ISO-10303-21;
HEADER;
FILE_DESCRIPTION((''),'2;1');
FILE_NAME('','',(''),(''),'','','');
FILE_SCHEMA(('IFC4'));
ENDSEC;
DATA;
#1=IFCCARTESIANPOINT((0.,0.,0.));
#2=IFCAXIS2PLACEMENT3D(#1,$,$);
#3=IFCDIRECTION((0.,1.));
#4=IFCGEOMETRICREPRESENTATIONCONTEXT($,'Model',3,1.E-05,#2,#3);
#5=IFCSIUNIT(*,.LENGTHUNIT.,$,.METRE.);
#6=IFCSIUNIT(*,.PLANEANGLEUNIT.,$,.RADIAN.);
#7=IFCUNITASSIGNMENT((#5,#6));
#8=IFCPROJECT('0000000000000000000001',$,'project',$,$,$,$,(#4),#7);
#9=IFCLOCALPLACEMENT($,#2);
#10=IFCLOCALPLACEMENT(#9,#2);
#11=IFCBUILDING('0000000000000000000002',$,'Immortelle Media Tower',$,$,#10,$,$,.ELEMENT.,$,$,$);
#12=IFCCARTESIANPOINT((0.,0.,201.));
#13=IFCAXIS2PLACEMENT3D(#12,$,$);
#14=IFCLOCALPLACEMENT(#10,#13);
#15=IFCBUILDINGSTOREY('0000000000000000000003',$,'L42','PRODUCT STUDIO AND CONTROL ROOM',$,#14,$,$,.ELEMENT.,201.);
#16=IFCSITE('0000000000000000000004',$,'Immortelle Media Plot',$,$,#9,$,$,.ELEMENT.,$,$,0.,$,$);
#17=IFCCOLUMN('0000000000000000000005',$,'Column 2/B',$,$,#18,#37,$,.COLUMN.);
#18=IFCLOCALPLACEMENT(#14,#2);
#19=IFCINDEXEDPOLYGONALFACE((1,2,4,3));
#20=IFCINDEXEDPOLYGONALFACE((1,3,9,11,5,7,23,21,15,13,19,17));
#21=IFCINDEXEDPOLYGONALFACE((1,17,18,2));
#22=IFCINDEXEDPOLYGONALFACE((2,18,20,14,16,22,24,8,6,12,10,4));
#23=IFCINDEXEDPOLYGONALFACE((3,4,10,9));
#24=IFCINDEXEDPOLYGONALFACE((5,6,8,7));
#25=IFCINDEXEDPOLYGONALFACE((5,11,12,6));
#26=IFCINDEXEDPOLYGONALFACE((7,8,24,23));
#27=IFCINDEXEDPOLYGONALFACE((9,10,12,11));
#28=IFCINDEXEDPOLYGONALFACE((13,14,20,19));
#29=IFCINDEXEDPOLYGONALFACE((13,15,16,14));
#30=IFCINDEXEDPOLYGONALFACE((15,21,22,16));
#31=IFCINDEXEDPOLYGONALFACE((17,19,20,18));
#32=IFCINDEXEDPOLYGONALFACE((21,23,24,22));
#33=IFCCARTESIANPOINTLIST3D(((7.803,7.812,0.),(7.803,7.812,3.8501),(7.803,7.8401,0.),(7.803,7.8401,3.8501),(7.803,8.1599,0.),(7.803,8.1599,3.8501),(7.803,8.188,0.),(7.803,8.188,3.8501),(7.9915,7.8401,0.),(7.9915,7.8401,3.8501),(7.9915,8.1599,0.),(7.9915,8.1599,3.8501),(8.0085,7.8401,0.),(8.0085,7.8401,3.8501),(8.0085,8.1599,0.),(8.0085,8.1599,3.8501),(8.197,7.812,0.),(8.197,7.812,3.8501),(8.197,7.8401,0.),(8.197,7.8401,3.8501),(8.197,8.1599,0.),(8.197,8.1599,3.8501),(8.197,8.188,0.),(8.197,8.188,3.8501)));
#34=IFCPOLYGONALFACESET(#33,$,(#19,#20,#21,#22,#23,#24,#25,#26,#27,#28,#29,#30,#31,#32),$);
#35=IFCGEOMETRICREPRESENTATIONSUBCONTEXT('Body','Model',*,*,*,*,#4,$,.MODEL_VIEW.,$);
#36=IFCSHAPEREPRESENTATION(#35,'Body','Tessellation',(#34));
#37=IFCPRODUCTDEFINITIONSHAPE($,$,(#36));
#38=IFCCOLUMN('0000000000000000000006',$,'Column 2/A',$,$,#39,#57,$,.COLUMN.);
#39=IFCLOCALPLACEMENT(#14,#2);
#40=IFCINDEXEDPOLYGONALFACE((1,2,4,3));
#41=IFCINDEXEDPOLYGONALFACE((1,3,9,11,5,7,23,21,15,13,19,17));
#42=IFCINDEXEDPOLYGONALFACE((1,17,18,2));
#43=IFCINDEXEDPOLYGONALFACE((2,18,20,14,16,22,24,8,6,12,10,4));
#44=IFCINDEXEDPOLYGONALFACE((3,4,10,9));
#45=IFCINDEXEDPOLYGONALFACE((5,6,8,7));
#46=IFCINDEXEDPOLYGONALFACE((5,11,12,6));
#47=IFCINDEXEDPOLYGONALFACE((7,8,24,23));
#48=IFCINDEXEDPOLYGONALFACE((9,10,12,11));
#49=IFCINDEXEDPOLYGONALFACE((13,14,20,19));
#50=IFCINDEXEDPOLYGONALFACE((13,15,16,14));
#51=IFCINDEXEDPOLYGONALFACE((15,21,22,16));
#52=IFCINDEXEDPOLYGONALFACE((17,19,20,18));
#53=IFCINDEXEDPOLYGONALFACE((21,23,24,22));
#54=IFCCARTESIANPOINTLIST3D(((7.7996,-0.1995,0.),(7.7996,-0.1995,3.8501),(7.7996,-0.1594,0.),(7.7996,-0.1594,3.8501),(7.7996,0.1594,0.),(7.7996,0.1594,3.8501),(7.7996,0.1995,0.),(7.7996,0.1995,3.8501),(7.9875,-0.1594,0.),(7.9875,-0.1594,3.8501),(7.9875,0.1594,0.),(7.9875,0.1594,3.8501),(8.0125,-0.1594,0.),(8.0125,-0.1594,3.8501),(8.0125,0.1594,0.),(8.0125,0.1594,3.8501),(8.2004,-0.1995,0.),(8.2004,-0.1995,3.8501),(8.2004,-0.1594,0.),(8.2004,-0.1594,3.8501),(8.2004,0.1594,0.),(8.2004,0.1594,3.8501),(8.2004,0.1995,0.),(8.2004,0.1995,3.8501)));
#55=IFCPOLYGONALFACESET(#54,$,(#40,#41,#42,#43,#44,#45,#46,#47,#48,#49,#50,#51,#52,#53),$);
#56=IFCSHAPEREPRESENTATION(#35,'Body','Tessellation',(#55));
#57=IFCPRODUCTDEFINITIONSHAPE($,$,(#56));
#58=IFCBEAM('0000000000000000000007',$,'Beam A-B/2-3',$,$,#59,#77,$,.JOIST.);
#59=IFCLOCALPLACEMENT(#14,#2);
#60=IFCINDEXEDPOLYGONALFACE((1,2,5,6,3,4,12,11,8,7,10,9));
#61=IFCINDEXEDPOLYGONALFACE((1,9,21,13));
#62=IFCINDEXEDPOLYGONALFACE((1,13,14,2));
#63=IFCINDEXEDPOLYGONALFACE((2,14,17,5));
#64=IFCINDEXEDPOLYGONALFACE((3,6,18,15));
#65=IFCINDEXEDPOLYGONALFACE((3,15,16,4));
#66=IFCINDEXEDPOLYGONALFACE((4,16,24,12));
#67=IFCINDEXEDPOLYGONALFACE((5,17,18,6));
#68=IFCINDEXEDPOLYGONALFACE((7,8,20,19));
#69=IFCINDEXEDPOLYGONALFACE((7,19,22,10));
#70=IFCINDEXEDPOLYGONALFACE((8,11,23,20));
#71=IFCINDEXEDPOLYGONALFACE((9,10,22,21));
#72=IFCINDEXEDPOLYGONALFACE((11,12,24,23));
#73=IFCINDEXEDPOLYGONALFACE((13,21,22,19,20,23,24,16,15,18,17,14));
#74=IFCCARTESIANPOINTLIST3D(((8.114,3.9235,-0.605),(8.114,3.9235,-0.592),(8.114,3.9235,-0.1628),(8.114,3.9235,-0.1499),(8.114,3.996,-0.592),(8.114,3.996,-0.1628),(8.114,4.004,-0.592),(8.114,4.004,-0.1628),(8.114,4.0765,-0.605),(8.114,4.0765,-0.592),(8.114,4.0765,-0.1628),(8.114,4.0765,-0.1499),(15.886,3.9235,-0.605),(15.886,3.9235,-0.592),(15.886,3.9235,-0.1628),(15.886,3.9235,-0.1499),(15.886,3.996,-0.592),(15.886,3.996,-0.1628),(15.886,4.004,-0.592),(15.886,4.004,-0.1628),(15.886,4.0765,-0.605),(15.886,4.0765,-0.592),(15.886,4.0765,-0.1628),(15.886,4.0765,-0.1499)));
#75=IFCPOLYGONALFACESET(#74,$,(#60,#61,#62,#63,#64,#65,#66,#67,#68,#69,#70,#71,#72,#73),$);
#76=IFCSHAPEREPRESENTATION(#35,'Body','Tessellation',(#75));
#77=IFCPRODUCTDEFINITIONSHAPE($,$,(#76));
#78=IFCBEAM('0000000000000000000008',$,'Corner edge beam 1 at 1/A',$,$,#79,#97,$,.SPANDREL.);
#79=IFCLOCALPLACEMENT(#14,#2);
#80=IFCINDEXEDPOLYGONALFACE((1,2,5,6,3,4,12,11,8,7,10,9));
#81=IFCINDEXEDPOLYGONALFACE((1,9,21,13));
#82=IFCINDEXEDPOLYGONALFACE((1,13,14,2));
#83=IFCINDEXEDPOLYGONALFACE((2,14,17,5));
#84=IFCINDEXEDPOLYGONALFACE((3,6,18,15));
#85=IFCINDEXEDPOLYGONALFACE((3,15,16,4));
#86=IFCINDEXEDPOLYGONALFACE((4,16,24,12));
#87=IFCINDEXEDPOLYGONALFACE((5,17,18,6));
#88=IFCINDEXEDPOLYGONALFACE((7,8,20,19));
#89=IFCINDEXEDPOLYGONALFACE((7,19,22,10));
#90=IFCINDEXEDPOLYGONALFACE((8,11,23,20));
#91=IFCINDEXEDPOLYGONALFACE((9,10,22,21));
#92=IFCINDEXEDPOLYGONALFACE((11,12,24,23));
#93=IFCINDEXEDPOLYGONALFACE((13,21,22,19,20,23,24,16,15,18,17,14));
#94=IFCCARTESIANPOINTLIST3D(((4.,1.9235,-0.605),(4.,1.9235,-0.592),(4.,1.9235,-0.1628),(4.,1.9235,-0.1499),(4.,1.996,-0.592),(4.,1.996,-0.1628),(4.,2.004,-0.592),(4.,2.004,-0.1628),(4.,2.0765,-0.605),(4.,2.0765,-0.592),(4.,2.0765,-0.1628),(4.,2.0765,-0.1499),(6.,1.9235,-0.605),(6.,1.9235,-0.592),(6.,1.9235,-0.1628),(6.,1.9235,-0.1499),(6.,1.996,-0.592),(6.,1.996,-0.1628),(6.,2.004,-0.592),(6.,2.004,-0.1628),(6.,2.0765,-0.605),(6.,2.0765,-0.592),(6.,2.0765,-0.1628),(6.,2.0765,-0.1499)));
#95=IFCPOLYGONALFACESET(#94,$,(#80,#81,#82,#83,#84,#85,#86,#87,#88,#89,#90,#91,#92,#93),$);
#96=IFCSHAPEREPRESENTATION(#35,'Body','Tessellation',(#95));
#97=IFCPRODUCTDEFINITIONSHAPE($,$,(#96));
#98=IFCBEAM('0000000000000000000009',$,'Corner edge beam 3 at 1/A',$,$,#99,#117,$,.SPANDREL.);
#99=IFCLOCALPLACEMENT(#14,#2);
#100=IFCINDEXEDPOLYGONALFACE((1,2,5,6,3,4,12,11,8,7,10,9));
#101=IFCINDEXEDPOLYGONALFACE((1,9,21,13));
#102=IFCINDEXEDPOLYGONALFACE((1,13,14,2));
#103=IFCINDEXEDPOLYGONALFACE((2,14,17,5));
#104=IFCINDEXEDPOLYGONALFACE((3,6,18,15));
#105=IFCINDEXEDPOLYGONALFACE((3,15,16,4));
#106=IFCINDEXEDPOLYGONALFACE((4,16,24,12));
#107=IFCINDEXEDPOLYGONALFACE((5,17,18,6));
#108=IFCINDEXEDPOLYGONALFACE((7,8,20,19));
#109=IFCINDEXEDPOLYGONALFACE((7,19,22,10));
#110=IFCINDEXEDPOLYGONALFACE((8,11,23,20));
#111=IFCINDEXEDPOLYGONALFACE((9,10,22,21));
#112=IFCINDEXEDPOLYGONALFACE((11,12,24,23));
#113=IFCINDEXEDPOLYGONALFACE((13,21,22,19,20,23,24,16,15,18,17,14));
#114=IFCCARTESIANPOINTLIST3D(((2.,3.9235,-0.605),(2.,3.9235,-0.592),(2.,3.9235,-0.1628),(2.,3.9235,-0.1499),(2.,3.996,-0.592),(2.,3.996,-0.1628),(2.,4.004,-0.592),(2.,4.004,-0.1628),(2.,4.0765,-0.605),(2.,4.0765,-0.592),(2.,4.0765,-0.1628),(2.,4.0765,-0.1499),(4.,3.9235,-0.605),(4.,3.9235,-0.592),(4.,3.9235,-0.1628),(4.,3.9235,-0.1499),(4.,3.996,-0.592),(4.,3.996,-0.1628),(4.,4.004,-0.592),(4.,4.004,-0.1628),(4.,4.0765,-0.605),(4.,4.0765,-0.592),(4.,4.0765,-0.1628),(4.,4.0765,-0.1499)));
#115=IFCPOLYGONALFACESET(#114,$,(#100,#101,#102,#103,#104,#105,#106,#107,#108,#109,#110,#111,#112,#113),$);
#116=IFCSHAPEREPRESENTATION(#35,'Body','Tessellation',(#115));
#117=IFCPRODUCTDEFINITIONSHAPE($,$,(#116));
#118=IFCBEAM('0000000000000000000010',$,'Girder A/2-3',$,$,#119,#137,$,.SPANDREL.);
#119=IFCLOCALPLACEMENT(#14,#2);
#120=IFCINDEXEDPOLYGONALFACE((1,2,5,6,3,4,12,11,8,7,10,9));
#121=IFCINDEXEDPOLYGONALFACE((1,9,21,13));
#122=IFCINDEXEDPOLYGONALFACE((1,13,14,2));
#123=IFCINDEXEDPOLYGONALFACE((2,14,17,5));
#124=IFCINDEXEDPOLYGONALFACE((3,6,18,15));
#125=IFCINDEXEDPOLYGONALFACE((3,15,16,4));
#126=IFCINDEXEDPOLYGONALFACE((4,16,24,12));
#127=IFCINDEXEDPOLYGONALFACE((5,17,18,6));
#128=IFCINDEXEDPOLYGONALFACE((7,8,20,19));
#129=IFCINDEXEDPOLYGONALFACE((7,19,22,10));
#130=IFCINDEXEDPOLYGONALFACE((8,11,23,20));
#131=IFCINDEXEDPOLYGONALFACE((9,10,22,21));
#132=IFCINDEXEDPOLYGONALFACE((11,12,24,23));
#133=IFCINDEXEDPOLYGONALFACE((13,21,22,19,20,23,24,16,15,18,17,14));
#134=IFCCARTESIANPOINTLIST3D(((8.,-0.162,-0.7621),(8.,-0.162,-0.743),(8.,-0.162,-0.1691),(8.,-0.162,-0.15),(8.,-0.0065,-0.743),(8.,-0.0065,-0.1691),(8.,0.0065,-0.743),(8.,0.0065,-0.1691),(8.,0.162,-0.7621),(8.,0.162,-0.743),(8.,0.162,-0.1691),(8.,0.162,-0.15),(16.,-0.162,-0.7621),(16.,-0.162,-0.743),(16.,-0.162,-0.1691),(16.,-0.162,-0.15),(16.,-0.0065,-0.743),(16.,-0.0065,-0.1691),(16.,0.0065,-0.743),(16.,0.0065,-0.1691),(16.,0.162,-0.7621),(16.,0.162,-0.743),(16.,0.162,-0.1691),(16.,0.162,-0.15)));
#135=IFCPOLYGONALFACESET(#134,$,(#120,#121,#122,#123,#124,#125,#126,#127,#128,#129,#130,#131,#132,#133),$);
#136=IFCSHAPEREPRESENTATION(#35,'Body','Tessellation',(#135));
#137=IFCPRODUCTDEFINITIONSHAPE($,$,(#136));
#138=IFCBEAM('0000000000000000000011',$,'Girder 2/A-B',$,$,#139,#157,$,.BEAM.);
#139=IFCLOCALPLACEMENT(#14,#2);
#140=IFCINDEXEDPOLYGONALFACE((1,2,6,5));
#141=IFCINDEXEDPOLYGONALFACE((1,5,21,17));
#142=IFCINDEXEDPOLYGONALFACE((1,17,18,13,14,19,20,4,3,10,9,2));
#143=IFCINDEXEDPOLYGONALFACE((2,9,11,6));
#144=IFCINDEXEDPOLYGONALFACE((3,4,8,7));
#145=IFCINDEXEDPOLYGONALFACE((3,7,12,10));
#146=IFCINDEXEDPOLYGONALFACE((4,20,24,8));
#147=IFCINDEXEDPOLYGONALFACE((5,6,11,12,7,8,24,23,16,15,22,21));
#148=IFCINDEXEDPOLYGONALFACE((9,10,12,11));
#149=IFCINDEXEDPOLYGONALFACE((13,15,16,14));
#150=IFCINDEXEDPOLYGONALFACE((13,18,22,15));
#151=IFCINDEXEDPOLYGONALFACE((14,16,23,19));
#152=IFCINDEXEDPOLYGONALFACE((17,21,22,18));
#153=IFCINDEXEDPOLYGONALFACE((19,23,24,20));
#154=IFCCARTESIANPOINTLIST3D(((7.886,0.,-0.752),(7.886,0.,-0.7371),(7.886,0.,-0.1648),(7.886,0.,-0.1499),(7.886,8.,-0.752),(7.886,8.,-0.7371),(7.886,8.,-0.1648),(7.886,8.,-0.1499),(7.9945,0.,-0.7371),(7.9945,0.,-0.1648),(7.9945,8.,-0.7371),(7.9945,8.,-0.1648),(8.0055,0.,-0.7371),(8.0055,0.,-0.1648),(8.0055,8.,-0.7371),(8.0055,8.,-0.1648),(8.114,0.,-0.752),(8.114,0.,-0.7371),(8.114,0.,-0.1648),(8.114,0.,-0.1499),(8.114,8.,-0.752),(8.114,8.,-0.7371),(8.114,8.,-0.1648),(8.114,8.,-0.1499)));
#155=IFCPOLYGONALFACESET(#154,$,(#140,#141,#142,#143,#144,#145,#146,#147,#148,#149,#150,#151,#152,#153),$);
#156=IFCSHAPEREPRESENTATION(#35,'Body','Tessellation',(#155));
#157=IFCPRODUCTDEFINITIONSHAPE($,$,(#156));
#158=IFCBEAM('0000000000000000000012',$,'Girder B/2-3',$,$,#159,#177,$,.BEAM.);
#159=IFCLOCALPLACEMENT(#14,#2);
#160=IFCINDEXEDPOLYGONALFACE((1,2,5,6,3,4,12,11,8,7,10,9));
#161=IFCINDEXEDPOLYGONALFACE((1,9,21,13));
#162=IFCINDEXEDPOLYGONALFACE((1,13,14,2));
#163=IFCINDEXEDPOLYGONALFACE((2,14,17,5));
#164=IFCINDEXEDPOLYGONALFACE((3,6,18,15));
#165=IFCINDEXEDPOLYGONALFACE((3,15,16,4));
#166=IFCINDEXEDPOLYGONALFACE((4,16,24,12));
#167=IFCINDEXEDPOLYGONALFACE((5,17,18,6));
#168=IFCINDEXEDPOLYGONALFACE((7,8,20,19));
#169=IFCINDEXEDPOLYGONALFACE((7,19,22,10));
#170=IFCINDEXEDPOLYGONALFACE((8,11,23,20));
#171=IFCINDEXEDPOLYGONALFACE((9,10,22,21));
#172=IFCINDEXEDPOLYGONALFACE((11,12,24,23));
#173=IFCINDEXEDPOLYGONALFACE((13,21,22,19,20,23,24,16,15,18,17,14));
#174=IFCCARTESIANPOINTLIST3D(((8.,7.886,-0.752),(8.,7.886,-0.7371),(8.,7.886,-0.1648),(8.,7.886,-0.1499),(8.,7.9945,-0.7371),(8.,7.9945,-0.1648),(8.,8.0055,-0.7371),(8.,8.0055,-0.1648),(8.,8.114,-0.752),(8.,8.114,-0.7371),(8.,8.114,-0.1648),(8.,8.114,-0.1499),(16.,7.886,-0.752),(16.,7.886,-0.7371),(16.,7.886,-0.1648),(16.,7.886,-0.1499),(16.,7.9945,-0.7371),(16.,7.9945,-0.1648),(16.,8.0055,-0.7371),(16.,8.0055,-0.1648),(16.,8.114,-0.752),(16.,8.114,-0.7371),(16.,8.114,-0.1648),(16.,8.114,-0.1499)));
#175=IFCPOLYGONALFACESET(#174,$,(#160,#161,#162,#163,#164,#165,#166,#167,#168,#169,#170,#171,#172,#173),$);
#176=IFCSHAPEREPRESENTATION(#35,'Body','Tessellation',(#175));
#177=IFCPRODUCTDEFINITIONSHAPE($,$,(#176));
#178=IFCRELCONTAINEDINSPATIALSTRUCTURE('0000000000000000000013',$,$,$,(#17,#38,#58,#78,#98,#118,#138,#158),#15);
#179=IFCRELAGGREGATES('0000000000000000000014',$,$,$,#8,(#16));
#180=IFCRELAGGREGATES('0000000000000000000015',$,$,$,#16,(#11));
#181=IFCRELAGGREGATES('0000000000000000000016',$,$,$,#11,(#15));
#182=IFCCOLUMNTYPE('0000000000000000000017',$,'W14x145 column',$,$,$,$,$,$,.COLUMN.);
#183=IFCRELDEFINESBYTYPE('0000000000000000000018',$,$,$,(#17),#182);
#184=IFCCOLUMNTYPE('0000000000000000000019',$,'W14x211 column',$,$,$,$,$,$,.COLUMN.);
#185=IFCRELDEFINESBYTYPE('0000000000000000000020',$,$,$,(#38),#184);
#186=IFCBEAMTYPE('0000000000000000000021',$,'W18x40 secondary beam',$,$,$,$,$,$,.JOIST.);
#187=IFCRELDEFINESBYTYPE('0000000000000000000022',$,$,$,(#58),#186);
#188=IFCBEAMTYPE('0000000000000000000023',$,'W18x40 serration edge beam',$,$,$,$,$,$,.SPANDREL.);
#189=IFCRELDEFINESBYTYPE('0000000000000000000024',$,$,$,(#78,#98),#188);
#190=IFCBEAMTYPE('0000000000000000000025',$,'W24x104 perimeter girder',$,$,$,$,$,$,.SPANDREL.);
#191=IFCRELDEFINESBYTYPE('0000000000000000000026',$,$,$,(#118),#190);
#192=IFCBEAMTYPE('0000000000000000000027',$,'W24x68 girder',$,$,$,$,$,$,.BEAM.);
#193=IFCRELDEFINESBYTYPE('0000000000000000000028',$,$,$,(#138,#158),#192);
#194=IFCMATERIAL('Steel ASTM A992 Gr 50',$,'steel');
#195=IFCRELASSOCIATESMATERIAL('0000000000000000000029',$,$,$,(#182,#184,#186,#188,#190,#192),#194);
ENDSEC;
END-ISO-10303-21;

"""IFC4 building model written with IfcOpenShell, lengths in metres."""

from ifc_helpers import new_model, si_unit, direction, frame, origin, origin_2d, place, context, subcontext, project, spatial, i_section, extrude, material, material_profile, profile_set, type_object, element, save


model = new_model("IFC4")

# Units and contexts
model_context = context("Model", 3, precision=1e-05, world=origin(), true_north=direction((0.0, 1.0)))
body_context = subcontext(model_context, "Body", "Model", "MODEL_VIEW")
ifc_project = project(units=[si_unit("LENGTHUNIT", "METRE"), si_unit("PLANEANGLEUNIT", "RADIAN")], contexts=[model_context])

# Site, building, storey
site_placement = place(None, origin())
site = spatial("IfcSite", under=ifc_project, at=site_placement, Name="Immortelle Media Plot", CompositionType="ELEMENT", RefElevation=0.0)
building_placement = place(site_placement, origin())
building = spatial("IfcBuilding", under=site, at=building_placement, Name="Immortelle Media Tower", CompositionType="ELEMENT")
storey_placement = place(building_placement, frame((0.0, 0.0, 201.0)))
storey = spatial("IfcBuildingStorey", under=building, at=storey_placement, Name="L42", Description="PRODUCT STUDIO AND CONTROL ROOM", CompositionType="ELEMENT", Elevation=201.0)

# Columns
ifc_material_1 = material(Name="Steel ASTM A992 Gr 50", Category="steel")
ifc_material_profile_1 = material_profile(ifc_material_1, i_section(OverallWidth=0.394, OverallDepth=0.376, WebThickness=0.0171, FlangeThickness=0.0281, at=origin_2d()), Name="W14x145")
ifc_profile_set_1 = profile_set([ifc_material_profile_1], Name="Steel ASTM A992 Gr 50")
column_type_1 = type_object("IfcColumnType", Name="W14x145 column", PredefinedType="COLUMN", material=ifc_profile_set_1)
column_1_placement = place(storey_placement, frame((8.0, 8.0, 0.0), z_axis=(0.0, 0.0, 1.0), x_axis=(1.0, 0.0, 0.0)))
element("IfcColumn", 1, at=column_1_placement, inside=storey, type_object=column_type_1, Name="Column 2/B", PredefinedType="COLUMN", context=body_context, shape_type="SweptSolid", body=[
    extrude(i_section(OverallWidth=0.394, OverallDepth=0.376, WebThickness=0.0171, FlangeThickness=0.0281, at=origin_2d()), origin(), (0.0, 0.0, 1.0), 3.8501),
])
ifc_material_profile_2 = material_profile(ifc_material_1, i_section(OverallWidth=0.4009, OverallDepth=0.3989, WebThickness=0.0249, FlangeThickness=0.04, at=origin_2d()), Name="W14x211")
ifc_profile_set_2 = profile_set([ifc_material_profile_2], Name="Steel ASTM A992 Gr 50")
column_type_2 = type_object("IfcColumnType", Name="W14x211 column", PredefinedType="COLUMN", material=ifc_profile_set_2)
column_2_placement = place(storey_placement, frame((8.0, 0.0, 0.0), z_axis=(0.0, 0.0, 1.0), x_axis=(1.0, 0.0, 0.0)))
element("IfcColumn", 2, at=column_2_placement, inside=storey, type_object=column_type_2, Name="Column 2/A", PredefinedType="COLUMN", context=body_context, shape_type="SweptSolid", body=[
    extrude(i_section(OverallWidth=0.4009, OverallDepth=0.3989, WebThickness=0.0249, FlangeThickness=0.04, at=origin_2d()), origin(), (0.0, 0.0, 1.0), 3.8501),
])

# Beams
ifc_material_profile_3 = material_profile(ifc_material_1, i_section(OverallWidth=0.1531, OverallDepth=0.4551, WebThickness=0.0081, FlangeThickness=0.0129, at=origin_2d()), Name="W18x40")
ifc_profile_set_3 = profile_set([ifc_material_profile_3], Name="Steel ASTM A992 Gr 50")
beam_type_1 = type_object("IfcBeamType", Name="W18x40 secondary beam", PredefinedType="JOIST", material=ifc_profile_set_3)
beam_1_placement = place(storey_placement, frame((8.114, 4.0, -0.3774), z_axis=(1.0, 0.0, 0.0), x_axis=(0.0, 1.0, 0.0)))
element("IfcBeam", 3, at=beam_1_placement, inside=storey, type_object=beam_type_1, Name="Beam A-B/2-3", PredefinedType="JOIST", context=body_context, shape_type="SweptSolid", body=[
    extrude(i_section(OverallWidth=0.1531, OverallDepth=0.4551, WebThickness=0.0081, FlangeThickness=0.0129, at=origin_2d()), origin(), (0.0, 0.0, 1.0), 7.772),
])
ifc_material_profile_4 = material_profile(ifc_material_1, i_section(OverallWidth=0.1531, OverallDepth=0.4551, WebThickness=0.0081, FlangeThickness=0.0129, at=origin_2d()), Name="W18x40")
ifc_profile_set_4 = profile_set([ifc_material_profile_4], Name="Steel ASTM A992 Gr 50")
beam_type_2 = type_object("IfcBeamType", Name="W18x40 serration edge beam", PredefinedType="SPANDREL", material=ifc_profile_set_4)
for number, where, z_axis, x_axis, name in (
    (4, (6.0, 2.0, -0.3774), (-1.0, 0.0, 0.0), (0.0, -1.0, 0.0), "Corner edge beam 1 at 1/A"),
    (5, (4.0, 4.0, -0.3774), (-1.0, 0.0, 0.0), (0.0, -1.0, 0.0), "Corner edge beam 3 at 1/A"),
):
    element("IfcBeam", number, at=place(storey_placement, frame(where, z_axis=z_axis, x_axis=x_axis)), inside=storey, type_object=beam_type_2, Name=name, PredefinedType="SPANDREL", context=body_context, shape_type="SweptSolid", body=[
        extrude(i_section(OverallWidth=0.1531, OverallDepth=0.4551, WebThickness=0.0081, FlangeThickness=0.0129, at=origin_2d()), origin(), (0.0, 0.0, 1.0), 2.0),
    ])
ifc_material_profile_5 = material_profile(ifc_material_1, i_section(OverallWidth=0.324, OverallDepth=0.6121, WebThickness=0.0129, FlangeThickness=0.019, at=origin_2d()), Name="W24x104")
ifc_profile_set_5 = profile_set([ifc_material_profile_5], Name="Steel ASTM A992 Gr 50")
beam_type_3 = type_object("IfcBeamType", Name="W24x104 perimeter girder", PredefinedType="SPANDREL", material=ifc_profile_set_5)
beam_2_placement = place(storey_placement, frame((8.0, 0.0, -0.4561), z_axis=(1.0, 0.0, 0.0), x_axis=(0.0, 1.0, 0.0)))
element("IfcBeam", 6, at=beam_2_placement, inside=storey, type_object=beam_type_3, Name="Girder A/2-3", PredefinedType="SPANDREL", context=body_context, shape_type="SweptSolid", body=[
    extrude(i_section(OverallWidth=0.324, OverallDepth=0.6121, WebThickness=0.0129, FlangeThickness=0.019, at=origin_2d()), origin(), (0.0, 0.0, 1.0), 8.0),
])
ifc_material_profile_6 = material_profile(ifc_material_1, i_section(OverallWidth=0.228, OverallDepth=0.6021, WebThickness=0.011, FlangeThickness=0.0149, at=origin_2d()), Name="W24x68")
ifc_profile_set_6 = profile_set([ifc_material_profile_6], Name="Steel ASTM A992 Gr 50")
beam_type_4 = type_object("IfcBeamType", Name="W24x68 girder", PredefinedType="BEAM", material=ifc_profile_set_6)
for number, where, z_axis, x_axis, name in (
    (7, (8.0, 0.0, -0.4509), (0.0, 1.0, 0.0), (-1.0, 0.0, 0.0), "Girder 2/A-B"),
    (8, (8.0, 8.0, -0.4509), (1.0, 0.0, 0.0), (0.0, 1.0, 0.0), "Girder B/2-3"),
):
    element("IfcBeam", number, at=place(storey_placement, frame(where, z_axis=z_axis, x_axis=x_axis)), inside=storey, type_object=beam_type_4, Name=name, PredefinedType="BEAM", context=body_context, shape_type="SweptSolid", body=[
        extrude(i_section(OverallWidth=0.228, OverallDepth=0.6021, WebThickness=0.011, FlangeThickness=0.0149, at=origin_2d()), origin(), (0.0, 0.0, 1.0), 8.0),
    ])

save(model, "model.ifc")
